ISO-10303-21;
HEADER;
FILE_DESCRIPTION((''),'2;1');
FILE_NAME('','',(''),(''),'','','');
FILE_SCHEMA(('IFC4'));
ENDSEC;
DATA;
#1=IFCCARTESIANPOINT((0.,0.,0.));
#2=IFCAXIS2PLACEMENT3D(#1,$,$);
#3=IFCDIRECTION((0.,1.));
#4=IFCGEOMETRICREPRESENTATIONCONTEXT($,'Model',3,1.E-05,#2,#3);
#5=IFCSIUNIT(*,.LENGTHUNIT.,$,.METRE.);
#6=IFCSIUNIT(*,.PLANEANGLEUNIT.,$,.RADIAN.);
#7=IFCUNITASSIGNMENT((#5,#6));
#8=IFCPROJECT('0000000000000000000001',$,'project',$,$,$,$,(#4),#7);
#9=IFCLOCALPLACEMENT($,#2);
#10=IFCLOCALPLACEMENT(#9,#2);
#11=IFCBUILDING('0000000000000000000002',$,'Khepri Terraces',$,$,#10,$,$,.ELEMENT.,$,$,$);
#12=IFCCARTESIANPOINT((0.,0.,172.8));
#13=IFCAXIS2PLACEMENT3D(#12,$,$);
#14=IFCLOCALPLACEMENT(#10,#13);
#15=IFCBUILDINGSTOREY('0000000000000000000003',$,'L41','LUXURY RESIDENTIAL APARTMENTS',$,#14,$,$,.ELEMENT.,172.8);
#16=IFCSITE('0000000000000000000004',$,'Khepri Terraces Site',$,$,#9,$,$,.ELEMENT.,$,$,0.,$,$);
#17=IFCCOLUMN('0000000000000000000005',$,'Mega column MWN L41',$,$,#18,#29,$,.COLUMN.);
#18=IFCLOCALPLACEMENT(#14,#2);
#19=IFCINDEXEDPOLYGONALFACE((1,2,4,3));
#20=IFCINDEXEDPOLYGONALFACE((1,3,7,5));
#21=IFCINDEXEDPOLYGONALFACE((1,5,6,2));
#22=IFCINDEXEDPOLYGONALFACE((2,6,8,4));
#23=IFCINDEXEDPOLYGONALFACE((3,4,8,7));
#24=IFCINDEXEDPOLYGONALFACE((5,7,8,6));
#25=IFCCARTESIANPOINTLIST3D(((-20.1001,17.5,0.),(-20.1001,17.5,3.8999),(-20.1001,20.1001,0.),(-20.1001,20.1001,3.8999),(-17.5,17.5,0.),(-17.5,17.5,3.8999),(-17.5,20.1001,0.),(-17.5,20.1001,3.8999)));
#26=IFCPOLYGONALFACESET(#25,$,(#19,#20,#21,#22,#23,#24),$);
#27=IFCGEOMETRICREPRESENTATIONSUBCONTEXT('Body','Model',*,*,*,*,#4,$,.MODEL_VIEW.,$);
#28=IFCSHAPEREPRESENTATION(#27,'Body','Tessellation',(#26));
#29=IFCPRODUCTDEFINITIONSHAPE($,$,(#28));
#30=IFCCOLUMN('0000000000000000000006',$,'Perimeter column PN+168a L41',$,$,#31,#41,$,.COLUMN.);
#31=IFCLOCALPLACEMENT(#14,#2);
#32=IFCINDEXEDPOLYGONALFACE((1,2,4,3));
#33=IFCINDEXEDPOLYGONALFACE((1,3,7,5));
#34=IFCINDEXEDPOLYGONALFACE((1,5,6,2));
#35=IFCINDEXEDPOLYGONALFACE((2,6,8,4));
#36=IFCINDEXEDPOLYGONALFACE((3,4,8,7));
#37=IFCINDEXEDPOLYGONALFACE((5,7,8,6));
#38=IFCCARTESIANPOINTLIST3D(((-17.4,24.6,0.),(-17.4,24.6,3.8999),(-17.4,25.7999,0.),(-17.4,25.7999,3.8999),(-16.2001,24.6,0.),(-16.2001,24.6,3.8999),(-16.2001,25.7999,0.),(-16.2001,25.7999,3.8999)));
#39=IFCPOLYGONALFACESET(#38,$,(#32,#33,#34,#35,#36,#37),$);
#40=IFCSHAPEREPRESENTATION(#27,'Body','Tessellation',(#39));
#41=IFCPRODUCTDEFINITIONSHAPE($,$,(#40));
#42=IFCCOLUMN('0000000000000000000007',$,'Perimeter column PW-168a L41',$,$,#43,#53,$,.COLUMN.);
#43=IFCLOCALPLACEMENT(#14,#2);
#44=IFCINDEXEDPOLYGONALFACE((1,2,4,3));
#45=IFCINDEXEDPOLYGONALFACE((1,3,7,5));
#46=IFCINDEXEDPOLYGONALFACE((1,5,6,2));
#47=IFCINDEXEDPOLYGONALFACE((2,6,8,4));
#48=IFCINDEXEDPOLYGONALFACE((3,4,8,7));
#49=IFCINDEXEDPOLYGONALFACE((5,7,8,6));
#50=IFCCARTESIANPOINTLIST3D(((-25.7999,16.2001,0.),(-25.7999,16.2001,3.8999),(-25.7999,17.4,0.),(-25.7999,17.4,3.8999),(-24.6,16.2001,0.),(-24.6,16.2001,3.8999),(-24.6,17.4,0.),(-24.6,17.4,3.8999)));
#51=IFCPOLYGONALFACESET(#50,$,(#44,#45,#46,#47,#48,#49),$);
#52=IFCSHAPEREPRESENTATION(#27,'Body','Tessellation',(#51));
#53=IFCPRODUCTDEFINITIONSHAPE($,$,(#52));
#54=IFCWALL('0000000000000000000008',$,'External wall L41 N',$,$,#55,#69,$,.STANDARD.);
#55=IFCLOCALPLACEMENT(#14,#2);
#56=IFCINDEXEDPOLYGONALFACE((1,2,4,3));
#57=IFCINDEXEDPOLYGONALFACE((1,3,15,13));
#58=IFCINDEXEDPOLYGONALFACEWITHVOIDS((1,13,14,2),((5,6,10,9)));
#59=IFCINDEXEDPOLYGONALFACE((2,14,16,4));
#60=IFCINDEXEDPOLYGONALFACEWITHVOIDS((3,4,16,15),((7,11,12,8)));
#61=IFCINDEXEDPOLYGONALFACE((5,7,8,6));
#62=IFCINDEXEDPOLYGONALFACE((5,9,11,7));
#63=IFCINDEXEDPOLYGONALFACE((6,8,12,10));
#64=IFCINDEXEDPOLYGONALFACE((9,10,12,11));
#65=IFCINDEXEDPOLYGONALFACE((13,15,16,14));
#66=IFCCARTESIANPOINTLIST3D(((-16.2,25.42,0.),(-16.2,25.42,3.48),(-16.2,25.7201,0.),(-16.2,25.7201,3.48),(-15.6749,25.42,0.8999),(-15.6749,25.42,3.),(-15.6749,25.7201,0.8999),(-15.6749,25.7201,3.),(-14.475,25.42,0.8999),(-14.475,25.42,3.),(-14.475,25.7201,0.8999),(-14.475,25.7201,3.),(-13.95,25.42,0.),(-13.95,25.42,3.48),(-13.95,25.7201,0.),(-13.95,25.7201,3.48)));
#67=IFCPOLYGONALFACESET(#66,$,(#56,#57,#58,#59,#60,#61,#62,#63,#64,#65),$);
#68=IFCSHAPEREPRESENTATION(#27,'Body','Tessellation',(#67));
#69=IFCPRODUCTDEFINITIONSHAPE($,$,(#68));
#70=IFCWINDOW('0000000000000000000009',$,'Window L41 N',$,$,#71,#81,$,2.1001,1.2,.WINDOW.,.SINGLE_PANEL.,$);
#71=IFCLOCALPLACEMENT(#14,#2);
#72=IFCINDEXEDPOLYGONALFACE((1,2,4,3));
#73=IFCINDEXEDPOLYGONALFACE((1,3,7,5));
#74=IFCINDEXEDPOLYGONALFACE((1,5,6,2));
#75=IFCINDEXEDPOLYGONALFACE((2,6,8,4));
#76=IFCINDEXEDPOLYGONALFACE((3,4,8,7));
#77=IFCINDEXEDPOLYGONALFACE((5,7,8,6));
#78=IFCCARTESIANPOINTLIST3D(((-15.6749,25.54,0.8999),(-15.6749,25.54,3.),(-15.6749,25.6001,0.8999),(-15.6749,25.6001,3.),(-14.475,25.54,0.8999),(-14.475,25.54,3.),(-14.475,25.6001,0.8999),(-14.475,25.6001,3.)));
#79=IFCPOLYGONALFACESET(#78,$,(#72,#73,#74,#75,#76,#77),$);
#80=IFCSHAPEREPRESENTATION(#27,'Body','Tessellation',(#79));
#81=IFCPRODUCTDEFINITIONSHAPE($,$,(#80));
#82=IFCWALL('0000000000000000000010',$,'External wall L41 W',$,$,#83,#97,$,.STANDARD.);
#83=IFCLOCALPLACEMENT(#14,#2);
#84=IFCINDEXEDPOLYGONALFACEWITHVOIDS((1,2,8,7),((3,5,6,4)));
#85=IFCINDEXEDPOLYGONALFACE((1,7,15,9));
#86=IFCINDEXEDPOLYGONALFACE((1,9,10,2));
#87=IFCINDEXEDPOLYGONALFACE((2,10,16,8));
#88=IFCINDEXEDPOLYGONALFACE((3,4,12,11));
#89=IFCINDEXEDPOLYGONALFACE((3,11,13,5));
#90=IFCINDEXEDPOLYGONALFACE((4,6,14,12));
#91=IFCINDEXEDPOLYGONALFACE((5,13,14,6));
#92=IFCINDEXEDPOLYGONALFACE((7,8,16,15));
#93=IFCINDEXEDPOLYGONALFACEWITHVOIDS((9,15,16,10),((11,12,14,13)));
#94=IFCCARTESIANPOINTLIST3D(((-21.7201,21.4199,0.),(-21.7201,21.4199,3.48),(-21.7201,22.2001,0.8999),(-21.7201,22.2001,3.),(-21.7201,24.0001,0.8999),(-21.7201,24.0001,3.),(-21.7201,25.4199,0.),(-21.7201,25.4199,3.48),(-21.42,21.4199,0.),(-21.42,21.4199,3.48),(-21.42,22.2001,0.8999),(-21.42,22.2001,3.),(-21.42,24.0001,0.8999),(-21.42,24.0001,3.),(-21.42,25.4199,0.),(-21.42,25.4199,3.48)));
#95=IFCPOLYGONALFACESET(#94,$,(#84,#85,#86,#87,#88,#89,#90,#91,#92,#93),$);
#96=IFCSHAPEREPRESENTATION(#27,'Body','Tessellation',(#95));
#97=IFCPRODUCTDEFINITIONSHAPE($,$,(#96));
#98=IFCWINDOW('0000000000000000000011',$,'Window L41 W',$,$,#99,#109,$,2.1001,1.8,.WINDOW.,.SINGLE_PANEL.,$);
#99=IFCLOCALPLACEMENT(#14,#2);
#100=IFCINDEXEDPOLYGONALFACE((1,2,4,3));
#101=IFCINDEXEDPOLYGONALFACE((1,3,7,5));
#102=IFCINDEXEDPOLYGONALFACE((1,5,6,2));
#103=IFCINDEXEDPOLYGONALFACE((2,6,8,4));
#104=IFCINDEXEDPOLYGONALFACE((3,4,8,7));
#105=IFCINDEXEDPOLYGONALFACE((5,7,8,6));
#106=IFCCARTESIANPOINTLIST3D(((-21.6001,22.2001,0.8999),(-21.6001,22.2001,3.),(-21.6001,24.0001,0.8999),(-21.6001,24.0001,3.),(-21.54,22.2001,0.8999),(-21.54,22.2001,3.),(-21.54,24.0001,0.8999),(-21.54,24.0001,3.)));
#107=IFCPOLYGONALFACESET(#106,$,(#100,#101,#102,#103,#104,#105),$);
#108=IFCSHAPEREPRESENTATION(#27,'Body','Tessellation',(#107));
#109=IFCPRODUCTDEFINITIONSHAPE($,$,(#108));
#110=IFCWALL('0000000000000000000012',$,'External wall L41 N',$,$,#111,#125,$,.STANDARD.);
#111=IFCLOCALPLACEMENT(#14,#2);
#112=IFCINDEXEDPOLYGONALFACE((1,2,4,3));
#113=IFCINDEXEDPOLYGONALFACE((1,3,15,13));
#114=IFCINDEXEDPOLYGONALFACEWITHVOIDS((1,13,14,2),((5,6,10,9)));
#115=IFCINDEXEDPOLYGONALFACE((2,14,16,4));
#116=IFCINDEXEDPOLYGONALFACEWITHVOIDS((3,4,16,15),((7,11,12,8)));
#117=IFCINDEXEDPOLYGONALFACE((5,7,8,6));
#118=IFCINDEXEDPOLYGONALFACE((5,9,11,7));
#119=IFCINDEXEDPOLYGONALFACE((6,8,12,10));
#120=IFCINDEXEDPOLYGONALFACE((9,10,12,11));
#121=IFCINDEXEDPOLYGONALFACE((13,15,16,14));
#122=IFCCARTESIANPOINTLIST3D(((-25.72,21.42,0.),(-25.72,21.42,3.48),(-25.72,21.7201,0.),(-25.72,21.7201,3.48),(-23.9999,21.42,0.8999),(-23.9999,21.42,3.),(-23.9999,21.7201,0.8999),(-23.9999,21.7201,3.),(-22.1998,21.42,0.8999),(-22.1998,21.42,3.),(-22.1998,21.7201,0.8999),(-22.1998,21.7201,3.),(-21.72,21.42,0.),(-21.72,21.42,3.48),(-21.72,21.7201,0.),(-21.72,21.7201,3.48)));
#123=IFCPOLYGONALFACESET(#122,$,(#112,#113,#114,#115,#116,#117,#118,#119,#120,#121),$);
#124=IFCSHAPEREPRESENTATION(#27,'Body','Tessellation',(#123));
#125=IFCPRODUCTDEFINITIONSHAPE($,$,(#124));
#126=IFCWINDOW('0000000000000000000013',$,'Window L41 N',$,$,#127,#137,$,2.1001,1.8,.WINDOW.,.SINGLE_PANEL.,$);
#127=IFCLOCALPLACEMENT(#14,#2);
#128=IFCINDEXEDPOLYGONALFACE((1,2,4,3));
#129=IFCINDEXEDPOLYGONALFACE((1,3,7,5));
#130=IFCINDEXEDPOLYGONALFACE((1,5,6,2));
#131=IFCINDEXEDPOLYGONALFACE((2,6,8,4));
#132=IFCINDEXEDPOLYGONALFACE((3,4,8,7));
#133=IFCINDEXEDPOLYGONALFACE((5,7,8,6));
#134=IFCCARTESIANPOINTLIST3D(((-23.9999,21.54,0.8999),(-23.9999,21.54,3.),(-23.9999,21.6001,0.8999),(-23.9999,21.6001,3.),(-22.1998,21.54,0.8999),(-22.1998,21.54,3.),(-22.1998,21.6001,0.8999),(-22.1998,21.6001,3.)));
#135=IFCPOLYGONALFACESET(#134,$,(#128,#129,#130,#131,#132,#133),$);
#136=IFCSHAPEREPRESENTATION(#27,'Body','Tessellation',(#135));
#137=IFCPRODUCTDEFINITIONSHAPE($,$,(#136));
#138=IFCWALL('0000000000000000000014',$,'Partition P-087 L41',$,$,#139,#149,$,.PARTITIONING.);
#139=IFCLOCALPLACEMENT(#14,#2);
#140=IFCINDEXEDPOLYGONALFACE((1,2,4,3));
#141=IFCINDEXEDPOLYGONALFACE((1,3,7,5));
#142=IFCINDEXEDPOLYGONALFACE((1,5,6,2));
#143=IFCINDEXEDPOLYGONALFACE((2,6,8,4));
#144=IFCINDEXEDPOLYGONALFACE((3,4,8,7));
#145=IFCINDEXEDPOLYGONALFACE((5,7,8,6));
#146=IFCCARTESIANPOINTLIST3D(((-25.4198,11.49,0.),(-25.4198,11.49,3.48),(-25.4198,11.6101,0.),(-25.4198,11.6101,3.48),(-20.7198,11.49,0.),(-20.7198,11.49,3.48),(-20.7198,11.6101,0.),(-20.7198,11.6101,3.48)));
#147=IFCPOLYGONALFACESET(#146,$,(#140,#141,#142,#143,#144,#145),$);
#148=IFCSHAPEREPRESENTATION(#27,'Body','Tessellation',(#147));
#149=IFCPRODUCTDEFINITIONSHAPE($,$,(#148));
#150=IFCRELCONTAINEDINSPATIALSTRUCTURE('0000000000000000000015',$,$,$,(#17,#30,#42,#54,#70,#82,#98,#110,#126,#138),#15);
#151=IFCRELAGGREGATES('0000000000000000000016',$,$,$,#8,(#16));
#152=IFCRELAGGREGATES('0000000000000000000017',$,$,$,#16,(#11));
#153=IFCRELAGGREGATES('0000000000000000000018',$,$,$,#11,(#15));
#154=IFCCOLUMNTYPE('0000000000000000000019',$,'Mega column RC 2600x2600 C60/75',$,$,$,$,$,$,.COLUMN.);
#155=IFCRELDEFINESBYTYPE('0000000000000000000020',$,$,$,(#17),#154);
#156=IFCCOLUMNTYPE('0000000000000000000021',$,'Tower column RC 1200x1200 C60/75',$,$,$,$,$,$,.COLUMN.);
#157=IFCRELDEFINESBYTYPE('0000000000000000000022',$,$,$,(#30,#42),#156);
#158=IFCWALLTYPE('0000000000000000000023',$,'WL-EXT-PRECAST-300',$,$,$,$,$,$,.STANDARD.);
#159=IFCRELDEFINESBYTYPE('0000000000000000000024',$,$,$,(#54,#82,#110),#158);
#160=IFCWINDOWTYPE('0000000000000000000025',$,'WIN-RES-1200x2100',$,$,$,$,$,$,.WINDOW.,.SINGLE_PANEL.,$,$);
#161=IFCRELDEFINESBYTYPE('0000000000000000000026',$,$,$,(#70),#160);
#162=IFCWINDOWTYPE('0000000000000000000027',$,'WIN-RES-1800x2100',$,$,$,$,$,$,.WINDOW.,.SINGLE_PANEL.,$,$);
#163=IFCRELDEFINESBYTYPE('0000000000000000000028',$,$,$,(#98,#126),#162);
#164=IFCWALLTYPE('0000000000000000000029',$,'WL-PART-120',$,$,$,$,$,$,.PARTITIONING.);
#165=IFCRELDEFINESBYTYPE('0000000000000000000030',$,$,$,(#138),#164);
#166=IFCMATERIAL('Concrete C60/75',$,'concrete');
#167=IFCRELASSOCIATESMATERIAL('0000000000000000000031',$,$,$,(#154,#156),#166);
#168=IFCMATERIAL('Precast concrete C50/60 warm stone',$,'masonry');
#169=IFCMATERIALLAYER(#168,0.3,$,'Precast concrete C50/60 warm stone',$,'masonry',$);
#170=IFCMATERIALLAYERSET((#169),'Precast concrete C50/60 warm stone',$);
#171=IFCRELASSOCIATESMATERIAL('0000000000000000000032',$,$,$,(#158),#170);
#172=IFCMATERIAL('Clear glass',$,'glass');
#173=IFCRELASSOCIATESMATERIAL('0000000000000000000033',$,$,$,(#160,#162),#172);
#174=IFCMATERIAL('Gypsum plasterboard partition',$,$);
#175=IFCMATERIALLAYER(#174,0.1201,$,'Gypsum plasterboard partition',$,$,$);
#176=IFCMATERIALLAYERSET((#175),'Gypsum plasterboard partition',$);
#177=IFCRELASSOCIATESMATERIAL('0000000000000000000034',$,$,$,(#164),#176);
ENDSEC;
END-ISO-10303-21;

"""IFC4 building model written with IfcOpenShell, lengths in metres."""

from ifc_helpers import new_model, si_unit, direction, frame, frame_2d, origin, origin_2d, place, context, subcontext, project, spatial, rectangle, extrude, material, layer, layer_set, material_profile, profile_set, type_object, element, fill, save


model = new_model("IFC4")

# Units and contexts
model_context = context("Model", 3, precision=1e-05, world=origin(), true_north=direction((0.0, 1.0)))
body_context = subcontext(model_context, "Body", "Model", "MODEL_VIEW")
ifc_project = project(units=[si_unit("LENGTHUNIT", "METRE"), si_unit("PLANEANGLEUNIT", "RADIAN")], contexts=[model_context])

# Site, building, storey
site_placement = place(None, origin())
site = spatial("IfcSite", under=ifc_project, at=site_placement, Name="Khepri Terraces Site", CompositionType="ELEMENT", RefElevation=0.0)
building_placement = place(site_placement, origin())
building = spatial("IfcBuilding", under=site, at=building_placement, Name="Khepri Terraces", CompositionType="ELEMENT")
storey_placement = place(building_placement, frame((0.0, 0.0, 172.8)))
storey = spatial("IfcBuildingStorey", under=building, at=storey_placement, Name="L41", Description="LUXURY RESIDENTIAL APARTMENTS", CompositionType="ELEMENT", Elevation=172.8)

# Columns
ifc_material_1 = material(Name="Concrete C60/75", Category="concrete")
ifc_material_profile_1 = material_profile(ifc_material_1, rectangle(XDim=2.6001, YDim=2.6001, at=origin_2d()), Name="Concrete C60/75", Category="concrete")
ifc_profile_set_1 = profile_set([ifc_material_profile_1], Name="Concrete C60/75")
column_type_1 = type_object("IfcColumnType", Name="Mega column RC 2600x2600 C60/75", PredefinedType="COLUMN", material=ifc_profile_set_1)
column_placement = place(storey_placement, frame((-18.8, 18.8, 0.0), z_axis=(0.0, 0.0, 1.0), x_axis=(1.0, 0.0, 0.0)))
element("IfcColumn", 1, at=column_placement, inside=storey, type_object=column_type_1, Name="Mega column MWN L41", PredefinedType="COLUMN", context=body_context, shape_type="SweptSolid", body=[
    extrude(rectangle(XDim=2.6001, YDim=2.6001, at=origin_2d()), origin(), (0.0, 0.0, 1.0), 3.8999),
])
ifc_material_profile_2 = material_profile(ifc_material_1, rectangle(XDim=1.2, YDim=1.2, at=origin_2d()), Name="Concrete C60/75", Category="concrete")
ifc_profile_set_2 = profile_set([ifc_material_profile_2], Name="Concrete C60/75")
column_type_2 = type_object("IfcColumnType", Name="Tower column RC 1200x1200 C60/75", PredefinedType="COLUMN", material=ifc_profile_set_2)
for number, where, z_axis, x_axis, name in (
    (2, (-16.8, 25.2, 0.0), (0.0, 0.0, 1.0), (1.0, 0.0, 0.0), "Perimeter column PN+168a L41"),
    (3, (-25.2, 16.8, 0.0), (0.0, 0.0, 1.0), (1.0, 0.0, 0.0), "Perimeter column PW-168a L41"),
):
    element("IfcColumn", number, at=place(storey_placement, frame(where, z_axis=z_axis, x_axis=x_axis)), inside=storey, type_object=column_type_2, Name=name, PredefinedType="COLUMN", context=body_context, shape_type="SweptSolid", body=[
        extrude(rectangle(XDim=1.2, YDim=1.2, at=origin_2d()), origin(), (0.0, 0.0, 1.0), 3.8999),
    ])

# Wall, opening, window
ifc_material_2 = material(Name="Precast concrete C50/60 warm stone", Category="masonry")
ifc_layer_1 = layer(ifc_material_2, 0.3, Name="Precast concrete C50/60 warm stone", Category="masonry")
ifc_layer_set_1 = layer_set([ifc_layer_1], Name="Precast concrete C50/60 warm stone")
wall_type_1 = type_object("IfcWallType", Name="WL-EXT-PRECAST-300", PredefinedType="STANDARD", material=ifc_layer_set_1)
wall_1_placement = place(storey_placement, frame((-13.95, 25.5701, 0.0), z_axis=(0.0, 0.0, 1.0), x_axis=(-1.0, 0.0, 0.0)))
wall_1 = element("IfcWall", 4, at=wall_1_placement, inside=storey, type_object=wall_type_1, Name="External wall L41 N", PredefinedType="STANDARD", context=body_context, shape_type="SweptSolid", body=[
    extrude(rectangle(XDim=2.25, YDim=0.3, at=frame_2d((1.125, 0.0))), origin(), (0.0, 0.0, 1.0), 3.48),
])
opening_1_placement = place(wall_1_placement, frame((0.5249, 0.0, 0.8999)))
opening_1 = element("IfcOpeningElement", 5, at=opening_1_placement, cuts=wall_1, PredefinedType="OPENING", context=body_context, shape_type="SweptSolid", body=[
    extrude(rectangle(XDim=1.2, YDim=2.1001, at=frame_2d((0.6001, 1.05))), frame((0.0, 0.1602, 0.0), z_axis=(0.0, -1.0, 0.0), x_axis=(1.0, 0.0, 0.0)), (0.0, 0.0, 1.0), 0.3201),
])
ifc_material_3 = material(Name="Clear glass", Category="glass")
window_type_1 = type_object("IfcWindowType", Name="WIN-RES-1200x2100", PartitioningType="SINGLE_PANEL", PredefinedType="WINDOW", material=ifc_material_3)
window_1_placement = place(opening_1_placement, origin())
window_1 = element("IfcWindow", 6, at=window_1_placement, inside=storey, type_object=window_type_1, Name="Window L41 N", OverallHeight=2.1001, OverallWidth=1.2, PartitioningType="SINGLE_PANEL", PredefinedType="WINDOW", context=body_context, shape_type="SweptSolid", body=[
    extrude(rectangle(XDim=1.2, YDim=2.1001, at=frame_2d((0.6001, 1.05))), frame((0.0, 0.03, 0.0), z_axis=(0.0, -1.0, 0.0), x_axis=(1.0, 0.0, 0.0)), (0.0, 0.0, 1.0), 0.0601),
])
fill(opening_1, window_1)

# Walls, openings, windows
wall_2_placement = place(storey_placement, frame((-21.5701, 25.4199, 0.0), z_axis=(0.0, 0.0, 1.0), x_axis=(0.0, -1.0, 0.0)))
wall_2 = element("IfcWall", 7, at=wall_2_placement, inside=storey, type_object=wall_type_1, Name="External wall L41 W", PredefinedType="STANDARD", context=body_context, shape_type="SweptSolid", body=[
    extrude(rectangle(XDim=4.0, YDim=0.3, at=frame_2d((2.0, 0.0))), origin(), (0.0, 0.0, 1.0), 3.48),
])
opening_2_placement = place(wall_2_placement, frame((1.4199, 0.0, 0.8999)))
opening_2 = element("IfcOpeningElement", 8, at=opening_2_placement, cuts=wall_2, PredefinedType="OPENING", context=body_context, shape_type="SweptSolid", body=[
    extrude(rectangle(XDim=1.8, YDim=2.1001, at=frame_2d((0.8999, 1.05))), frame((0.0, 0.1602, 0.0), z_axis=(0.0, -1.0, 0.0), x_axis=(1.0, 0.0, 0.0)), (0.0, 0.0, 1.0), 0.3201),
])
window_type_2 = type_object("IfcWindowType", Name="WIN-RES-1800x2100", PartitioningType="SINGLE_PANEL", PredefinedType="WINDOW", material=ifc_material_3)
window_2_placement = place(opening_2_placement, origin())
window_2 = element("IfcWindow", 9, at=window_2_placement, inside=storey, type_object=window_type_2, Name="Window L41 W", OverallHeight=2.1001, OverallWidth=1.8, PartitioningType="SINGLE_PANEL", PredefinedType="WINDOW", context=body_context, shape_type="SweptSolid", body=[
    extrude(rectangle(XDim=1.8, YDim=2.1001, at=frame_2d((0.8999, 1.05))), frame((0.0, 0.03, 0.0), z_axis=(0.0, -1.0, 0.0), x_axis=(1.0, 0.0, 0.0)), (0.0, 0.0, 1.0), 0.0601),
])
fill(opening_2, window_2)
wall_3_placement = place(storey_placement, frame((-21.72, 21.5701, 0.0), z_axis=(0.0, 0.0, 1.0), x_axis=(-1.0, 0.0, 0.0)))
wall_3 = element("IfcWall", 10, at=wall_3_placement, inside=storey, type_object=wall_type_1, Name="External wall L41 N", PredefinedType="STANDARD", context=body_context, shape_type="SweptSolid", body=[
    extrude(rectangle(XDim=4.0, YDim=0.3, at=frame_2d((2.0, 0.0))), origin(), (0.0, 0.0, 1.0), 3.48),
])
opening_3_placement = place(wall_3_placement, frame((0.48, 0.0, 0.8999)))
opening_3 = element("IfcOpeningElement", 11, at=opening_3_placement, cuts=wall_3, PredefinedType="OPENING", context=body_context, shape_type="SweptSolid", body=[
    extrude(rectangle(XDim=1.8, YDim=2.1001, at=frame_2d((0.8999, 1.05))), frame((0.0, 0.1602, 0.0), z_axis=(0.0, -1.0, 0.0), x_axis=(1.0, 0.0, 0.0)), (0.0, 0.0, 1.0), 0.3201),
])
window_3_placement = place(opening_3_placement, origin())
window_3 = element("IfcWindow", 12, at=window_3_placement, inside=storey, type_object=window_type_2, Name="Window L41 N", OverallHeight=2.1001, OverallWidth=1.8, PartitioningType="SINGLE_PANEL", PredefinedType="WINDOW", context=body_context, shape_type="SweptSolid", body=[
    extrude(rectangle(XDim=1.8, YDim=2.1001, at=frame_2d((0.8999, 1.05))), frame((0.0, 0.03, 0.0), z_axis=(0.0, -1.0, 0.0), x_axis=(1.0, 0.0, 0.0)), (0.0, 0.0, 1.0), 0.0601),
])
fill(opening_3, window_3)

# Wall
ifc_material_4 = material(Name="Gypsum plasterboard partition")
ifc_layer_2 = layer(ifc_material_4, 0.1201, Name="Gypsum plasterboard partition")
ifc_layer_set_2 = layer_set([ifc_layer_2], Name="Gypsum plasterboard partition")
wall_type_2 = type_object("IfcWallType", Name="WL-PART-120", PredefinedType="PARTITIONING", material=ifc_layer_set_2)
wall_4_placement = place(storey_placement, frame((-25.4199, 11.55, 0.0), z_axis=(0.0, 0.0, 1.0), x_axis=(1.0, 0.0, 0.0)))
element("IfcWall", 13, at=wall_4_placement, inside=storey, type_object=wall_type_2, Name="Partition P-087 L41", PredefinedType="PARTITIONING", context=body_context, shape_type="SweptSolid", body=[
    extrude(rectangle(XDim=4.7, YDim=0.1201, at=frame_2d((2.3501, 0.0))), origin(), (0.0, 0.0, 1.0), 3.48),
])

save(model, "model.ifc")
